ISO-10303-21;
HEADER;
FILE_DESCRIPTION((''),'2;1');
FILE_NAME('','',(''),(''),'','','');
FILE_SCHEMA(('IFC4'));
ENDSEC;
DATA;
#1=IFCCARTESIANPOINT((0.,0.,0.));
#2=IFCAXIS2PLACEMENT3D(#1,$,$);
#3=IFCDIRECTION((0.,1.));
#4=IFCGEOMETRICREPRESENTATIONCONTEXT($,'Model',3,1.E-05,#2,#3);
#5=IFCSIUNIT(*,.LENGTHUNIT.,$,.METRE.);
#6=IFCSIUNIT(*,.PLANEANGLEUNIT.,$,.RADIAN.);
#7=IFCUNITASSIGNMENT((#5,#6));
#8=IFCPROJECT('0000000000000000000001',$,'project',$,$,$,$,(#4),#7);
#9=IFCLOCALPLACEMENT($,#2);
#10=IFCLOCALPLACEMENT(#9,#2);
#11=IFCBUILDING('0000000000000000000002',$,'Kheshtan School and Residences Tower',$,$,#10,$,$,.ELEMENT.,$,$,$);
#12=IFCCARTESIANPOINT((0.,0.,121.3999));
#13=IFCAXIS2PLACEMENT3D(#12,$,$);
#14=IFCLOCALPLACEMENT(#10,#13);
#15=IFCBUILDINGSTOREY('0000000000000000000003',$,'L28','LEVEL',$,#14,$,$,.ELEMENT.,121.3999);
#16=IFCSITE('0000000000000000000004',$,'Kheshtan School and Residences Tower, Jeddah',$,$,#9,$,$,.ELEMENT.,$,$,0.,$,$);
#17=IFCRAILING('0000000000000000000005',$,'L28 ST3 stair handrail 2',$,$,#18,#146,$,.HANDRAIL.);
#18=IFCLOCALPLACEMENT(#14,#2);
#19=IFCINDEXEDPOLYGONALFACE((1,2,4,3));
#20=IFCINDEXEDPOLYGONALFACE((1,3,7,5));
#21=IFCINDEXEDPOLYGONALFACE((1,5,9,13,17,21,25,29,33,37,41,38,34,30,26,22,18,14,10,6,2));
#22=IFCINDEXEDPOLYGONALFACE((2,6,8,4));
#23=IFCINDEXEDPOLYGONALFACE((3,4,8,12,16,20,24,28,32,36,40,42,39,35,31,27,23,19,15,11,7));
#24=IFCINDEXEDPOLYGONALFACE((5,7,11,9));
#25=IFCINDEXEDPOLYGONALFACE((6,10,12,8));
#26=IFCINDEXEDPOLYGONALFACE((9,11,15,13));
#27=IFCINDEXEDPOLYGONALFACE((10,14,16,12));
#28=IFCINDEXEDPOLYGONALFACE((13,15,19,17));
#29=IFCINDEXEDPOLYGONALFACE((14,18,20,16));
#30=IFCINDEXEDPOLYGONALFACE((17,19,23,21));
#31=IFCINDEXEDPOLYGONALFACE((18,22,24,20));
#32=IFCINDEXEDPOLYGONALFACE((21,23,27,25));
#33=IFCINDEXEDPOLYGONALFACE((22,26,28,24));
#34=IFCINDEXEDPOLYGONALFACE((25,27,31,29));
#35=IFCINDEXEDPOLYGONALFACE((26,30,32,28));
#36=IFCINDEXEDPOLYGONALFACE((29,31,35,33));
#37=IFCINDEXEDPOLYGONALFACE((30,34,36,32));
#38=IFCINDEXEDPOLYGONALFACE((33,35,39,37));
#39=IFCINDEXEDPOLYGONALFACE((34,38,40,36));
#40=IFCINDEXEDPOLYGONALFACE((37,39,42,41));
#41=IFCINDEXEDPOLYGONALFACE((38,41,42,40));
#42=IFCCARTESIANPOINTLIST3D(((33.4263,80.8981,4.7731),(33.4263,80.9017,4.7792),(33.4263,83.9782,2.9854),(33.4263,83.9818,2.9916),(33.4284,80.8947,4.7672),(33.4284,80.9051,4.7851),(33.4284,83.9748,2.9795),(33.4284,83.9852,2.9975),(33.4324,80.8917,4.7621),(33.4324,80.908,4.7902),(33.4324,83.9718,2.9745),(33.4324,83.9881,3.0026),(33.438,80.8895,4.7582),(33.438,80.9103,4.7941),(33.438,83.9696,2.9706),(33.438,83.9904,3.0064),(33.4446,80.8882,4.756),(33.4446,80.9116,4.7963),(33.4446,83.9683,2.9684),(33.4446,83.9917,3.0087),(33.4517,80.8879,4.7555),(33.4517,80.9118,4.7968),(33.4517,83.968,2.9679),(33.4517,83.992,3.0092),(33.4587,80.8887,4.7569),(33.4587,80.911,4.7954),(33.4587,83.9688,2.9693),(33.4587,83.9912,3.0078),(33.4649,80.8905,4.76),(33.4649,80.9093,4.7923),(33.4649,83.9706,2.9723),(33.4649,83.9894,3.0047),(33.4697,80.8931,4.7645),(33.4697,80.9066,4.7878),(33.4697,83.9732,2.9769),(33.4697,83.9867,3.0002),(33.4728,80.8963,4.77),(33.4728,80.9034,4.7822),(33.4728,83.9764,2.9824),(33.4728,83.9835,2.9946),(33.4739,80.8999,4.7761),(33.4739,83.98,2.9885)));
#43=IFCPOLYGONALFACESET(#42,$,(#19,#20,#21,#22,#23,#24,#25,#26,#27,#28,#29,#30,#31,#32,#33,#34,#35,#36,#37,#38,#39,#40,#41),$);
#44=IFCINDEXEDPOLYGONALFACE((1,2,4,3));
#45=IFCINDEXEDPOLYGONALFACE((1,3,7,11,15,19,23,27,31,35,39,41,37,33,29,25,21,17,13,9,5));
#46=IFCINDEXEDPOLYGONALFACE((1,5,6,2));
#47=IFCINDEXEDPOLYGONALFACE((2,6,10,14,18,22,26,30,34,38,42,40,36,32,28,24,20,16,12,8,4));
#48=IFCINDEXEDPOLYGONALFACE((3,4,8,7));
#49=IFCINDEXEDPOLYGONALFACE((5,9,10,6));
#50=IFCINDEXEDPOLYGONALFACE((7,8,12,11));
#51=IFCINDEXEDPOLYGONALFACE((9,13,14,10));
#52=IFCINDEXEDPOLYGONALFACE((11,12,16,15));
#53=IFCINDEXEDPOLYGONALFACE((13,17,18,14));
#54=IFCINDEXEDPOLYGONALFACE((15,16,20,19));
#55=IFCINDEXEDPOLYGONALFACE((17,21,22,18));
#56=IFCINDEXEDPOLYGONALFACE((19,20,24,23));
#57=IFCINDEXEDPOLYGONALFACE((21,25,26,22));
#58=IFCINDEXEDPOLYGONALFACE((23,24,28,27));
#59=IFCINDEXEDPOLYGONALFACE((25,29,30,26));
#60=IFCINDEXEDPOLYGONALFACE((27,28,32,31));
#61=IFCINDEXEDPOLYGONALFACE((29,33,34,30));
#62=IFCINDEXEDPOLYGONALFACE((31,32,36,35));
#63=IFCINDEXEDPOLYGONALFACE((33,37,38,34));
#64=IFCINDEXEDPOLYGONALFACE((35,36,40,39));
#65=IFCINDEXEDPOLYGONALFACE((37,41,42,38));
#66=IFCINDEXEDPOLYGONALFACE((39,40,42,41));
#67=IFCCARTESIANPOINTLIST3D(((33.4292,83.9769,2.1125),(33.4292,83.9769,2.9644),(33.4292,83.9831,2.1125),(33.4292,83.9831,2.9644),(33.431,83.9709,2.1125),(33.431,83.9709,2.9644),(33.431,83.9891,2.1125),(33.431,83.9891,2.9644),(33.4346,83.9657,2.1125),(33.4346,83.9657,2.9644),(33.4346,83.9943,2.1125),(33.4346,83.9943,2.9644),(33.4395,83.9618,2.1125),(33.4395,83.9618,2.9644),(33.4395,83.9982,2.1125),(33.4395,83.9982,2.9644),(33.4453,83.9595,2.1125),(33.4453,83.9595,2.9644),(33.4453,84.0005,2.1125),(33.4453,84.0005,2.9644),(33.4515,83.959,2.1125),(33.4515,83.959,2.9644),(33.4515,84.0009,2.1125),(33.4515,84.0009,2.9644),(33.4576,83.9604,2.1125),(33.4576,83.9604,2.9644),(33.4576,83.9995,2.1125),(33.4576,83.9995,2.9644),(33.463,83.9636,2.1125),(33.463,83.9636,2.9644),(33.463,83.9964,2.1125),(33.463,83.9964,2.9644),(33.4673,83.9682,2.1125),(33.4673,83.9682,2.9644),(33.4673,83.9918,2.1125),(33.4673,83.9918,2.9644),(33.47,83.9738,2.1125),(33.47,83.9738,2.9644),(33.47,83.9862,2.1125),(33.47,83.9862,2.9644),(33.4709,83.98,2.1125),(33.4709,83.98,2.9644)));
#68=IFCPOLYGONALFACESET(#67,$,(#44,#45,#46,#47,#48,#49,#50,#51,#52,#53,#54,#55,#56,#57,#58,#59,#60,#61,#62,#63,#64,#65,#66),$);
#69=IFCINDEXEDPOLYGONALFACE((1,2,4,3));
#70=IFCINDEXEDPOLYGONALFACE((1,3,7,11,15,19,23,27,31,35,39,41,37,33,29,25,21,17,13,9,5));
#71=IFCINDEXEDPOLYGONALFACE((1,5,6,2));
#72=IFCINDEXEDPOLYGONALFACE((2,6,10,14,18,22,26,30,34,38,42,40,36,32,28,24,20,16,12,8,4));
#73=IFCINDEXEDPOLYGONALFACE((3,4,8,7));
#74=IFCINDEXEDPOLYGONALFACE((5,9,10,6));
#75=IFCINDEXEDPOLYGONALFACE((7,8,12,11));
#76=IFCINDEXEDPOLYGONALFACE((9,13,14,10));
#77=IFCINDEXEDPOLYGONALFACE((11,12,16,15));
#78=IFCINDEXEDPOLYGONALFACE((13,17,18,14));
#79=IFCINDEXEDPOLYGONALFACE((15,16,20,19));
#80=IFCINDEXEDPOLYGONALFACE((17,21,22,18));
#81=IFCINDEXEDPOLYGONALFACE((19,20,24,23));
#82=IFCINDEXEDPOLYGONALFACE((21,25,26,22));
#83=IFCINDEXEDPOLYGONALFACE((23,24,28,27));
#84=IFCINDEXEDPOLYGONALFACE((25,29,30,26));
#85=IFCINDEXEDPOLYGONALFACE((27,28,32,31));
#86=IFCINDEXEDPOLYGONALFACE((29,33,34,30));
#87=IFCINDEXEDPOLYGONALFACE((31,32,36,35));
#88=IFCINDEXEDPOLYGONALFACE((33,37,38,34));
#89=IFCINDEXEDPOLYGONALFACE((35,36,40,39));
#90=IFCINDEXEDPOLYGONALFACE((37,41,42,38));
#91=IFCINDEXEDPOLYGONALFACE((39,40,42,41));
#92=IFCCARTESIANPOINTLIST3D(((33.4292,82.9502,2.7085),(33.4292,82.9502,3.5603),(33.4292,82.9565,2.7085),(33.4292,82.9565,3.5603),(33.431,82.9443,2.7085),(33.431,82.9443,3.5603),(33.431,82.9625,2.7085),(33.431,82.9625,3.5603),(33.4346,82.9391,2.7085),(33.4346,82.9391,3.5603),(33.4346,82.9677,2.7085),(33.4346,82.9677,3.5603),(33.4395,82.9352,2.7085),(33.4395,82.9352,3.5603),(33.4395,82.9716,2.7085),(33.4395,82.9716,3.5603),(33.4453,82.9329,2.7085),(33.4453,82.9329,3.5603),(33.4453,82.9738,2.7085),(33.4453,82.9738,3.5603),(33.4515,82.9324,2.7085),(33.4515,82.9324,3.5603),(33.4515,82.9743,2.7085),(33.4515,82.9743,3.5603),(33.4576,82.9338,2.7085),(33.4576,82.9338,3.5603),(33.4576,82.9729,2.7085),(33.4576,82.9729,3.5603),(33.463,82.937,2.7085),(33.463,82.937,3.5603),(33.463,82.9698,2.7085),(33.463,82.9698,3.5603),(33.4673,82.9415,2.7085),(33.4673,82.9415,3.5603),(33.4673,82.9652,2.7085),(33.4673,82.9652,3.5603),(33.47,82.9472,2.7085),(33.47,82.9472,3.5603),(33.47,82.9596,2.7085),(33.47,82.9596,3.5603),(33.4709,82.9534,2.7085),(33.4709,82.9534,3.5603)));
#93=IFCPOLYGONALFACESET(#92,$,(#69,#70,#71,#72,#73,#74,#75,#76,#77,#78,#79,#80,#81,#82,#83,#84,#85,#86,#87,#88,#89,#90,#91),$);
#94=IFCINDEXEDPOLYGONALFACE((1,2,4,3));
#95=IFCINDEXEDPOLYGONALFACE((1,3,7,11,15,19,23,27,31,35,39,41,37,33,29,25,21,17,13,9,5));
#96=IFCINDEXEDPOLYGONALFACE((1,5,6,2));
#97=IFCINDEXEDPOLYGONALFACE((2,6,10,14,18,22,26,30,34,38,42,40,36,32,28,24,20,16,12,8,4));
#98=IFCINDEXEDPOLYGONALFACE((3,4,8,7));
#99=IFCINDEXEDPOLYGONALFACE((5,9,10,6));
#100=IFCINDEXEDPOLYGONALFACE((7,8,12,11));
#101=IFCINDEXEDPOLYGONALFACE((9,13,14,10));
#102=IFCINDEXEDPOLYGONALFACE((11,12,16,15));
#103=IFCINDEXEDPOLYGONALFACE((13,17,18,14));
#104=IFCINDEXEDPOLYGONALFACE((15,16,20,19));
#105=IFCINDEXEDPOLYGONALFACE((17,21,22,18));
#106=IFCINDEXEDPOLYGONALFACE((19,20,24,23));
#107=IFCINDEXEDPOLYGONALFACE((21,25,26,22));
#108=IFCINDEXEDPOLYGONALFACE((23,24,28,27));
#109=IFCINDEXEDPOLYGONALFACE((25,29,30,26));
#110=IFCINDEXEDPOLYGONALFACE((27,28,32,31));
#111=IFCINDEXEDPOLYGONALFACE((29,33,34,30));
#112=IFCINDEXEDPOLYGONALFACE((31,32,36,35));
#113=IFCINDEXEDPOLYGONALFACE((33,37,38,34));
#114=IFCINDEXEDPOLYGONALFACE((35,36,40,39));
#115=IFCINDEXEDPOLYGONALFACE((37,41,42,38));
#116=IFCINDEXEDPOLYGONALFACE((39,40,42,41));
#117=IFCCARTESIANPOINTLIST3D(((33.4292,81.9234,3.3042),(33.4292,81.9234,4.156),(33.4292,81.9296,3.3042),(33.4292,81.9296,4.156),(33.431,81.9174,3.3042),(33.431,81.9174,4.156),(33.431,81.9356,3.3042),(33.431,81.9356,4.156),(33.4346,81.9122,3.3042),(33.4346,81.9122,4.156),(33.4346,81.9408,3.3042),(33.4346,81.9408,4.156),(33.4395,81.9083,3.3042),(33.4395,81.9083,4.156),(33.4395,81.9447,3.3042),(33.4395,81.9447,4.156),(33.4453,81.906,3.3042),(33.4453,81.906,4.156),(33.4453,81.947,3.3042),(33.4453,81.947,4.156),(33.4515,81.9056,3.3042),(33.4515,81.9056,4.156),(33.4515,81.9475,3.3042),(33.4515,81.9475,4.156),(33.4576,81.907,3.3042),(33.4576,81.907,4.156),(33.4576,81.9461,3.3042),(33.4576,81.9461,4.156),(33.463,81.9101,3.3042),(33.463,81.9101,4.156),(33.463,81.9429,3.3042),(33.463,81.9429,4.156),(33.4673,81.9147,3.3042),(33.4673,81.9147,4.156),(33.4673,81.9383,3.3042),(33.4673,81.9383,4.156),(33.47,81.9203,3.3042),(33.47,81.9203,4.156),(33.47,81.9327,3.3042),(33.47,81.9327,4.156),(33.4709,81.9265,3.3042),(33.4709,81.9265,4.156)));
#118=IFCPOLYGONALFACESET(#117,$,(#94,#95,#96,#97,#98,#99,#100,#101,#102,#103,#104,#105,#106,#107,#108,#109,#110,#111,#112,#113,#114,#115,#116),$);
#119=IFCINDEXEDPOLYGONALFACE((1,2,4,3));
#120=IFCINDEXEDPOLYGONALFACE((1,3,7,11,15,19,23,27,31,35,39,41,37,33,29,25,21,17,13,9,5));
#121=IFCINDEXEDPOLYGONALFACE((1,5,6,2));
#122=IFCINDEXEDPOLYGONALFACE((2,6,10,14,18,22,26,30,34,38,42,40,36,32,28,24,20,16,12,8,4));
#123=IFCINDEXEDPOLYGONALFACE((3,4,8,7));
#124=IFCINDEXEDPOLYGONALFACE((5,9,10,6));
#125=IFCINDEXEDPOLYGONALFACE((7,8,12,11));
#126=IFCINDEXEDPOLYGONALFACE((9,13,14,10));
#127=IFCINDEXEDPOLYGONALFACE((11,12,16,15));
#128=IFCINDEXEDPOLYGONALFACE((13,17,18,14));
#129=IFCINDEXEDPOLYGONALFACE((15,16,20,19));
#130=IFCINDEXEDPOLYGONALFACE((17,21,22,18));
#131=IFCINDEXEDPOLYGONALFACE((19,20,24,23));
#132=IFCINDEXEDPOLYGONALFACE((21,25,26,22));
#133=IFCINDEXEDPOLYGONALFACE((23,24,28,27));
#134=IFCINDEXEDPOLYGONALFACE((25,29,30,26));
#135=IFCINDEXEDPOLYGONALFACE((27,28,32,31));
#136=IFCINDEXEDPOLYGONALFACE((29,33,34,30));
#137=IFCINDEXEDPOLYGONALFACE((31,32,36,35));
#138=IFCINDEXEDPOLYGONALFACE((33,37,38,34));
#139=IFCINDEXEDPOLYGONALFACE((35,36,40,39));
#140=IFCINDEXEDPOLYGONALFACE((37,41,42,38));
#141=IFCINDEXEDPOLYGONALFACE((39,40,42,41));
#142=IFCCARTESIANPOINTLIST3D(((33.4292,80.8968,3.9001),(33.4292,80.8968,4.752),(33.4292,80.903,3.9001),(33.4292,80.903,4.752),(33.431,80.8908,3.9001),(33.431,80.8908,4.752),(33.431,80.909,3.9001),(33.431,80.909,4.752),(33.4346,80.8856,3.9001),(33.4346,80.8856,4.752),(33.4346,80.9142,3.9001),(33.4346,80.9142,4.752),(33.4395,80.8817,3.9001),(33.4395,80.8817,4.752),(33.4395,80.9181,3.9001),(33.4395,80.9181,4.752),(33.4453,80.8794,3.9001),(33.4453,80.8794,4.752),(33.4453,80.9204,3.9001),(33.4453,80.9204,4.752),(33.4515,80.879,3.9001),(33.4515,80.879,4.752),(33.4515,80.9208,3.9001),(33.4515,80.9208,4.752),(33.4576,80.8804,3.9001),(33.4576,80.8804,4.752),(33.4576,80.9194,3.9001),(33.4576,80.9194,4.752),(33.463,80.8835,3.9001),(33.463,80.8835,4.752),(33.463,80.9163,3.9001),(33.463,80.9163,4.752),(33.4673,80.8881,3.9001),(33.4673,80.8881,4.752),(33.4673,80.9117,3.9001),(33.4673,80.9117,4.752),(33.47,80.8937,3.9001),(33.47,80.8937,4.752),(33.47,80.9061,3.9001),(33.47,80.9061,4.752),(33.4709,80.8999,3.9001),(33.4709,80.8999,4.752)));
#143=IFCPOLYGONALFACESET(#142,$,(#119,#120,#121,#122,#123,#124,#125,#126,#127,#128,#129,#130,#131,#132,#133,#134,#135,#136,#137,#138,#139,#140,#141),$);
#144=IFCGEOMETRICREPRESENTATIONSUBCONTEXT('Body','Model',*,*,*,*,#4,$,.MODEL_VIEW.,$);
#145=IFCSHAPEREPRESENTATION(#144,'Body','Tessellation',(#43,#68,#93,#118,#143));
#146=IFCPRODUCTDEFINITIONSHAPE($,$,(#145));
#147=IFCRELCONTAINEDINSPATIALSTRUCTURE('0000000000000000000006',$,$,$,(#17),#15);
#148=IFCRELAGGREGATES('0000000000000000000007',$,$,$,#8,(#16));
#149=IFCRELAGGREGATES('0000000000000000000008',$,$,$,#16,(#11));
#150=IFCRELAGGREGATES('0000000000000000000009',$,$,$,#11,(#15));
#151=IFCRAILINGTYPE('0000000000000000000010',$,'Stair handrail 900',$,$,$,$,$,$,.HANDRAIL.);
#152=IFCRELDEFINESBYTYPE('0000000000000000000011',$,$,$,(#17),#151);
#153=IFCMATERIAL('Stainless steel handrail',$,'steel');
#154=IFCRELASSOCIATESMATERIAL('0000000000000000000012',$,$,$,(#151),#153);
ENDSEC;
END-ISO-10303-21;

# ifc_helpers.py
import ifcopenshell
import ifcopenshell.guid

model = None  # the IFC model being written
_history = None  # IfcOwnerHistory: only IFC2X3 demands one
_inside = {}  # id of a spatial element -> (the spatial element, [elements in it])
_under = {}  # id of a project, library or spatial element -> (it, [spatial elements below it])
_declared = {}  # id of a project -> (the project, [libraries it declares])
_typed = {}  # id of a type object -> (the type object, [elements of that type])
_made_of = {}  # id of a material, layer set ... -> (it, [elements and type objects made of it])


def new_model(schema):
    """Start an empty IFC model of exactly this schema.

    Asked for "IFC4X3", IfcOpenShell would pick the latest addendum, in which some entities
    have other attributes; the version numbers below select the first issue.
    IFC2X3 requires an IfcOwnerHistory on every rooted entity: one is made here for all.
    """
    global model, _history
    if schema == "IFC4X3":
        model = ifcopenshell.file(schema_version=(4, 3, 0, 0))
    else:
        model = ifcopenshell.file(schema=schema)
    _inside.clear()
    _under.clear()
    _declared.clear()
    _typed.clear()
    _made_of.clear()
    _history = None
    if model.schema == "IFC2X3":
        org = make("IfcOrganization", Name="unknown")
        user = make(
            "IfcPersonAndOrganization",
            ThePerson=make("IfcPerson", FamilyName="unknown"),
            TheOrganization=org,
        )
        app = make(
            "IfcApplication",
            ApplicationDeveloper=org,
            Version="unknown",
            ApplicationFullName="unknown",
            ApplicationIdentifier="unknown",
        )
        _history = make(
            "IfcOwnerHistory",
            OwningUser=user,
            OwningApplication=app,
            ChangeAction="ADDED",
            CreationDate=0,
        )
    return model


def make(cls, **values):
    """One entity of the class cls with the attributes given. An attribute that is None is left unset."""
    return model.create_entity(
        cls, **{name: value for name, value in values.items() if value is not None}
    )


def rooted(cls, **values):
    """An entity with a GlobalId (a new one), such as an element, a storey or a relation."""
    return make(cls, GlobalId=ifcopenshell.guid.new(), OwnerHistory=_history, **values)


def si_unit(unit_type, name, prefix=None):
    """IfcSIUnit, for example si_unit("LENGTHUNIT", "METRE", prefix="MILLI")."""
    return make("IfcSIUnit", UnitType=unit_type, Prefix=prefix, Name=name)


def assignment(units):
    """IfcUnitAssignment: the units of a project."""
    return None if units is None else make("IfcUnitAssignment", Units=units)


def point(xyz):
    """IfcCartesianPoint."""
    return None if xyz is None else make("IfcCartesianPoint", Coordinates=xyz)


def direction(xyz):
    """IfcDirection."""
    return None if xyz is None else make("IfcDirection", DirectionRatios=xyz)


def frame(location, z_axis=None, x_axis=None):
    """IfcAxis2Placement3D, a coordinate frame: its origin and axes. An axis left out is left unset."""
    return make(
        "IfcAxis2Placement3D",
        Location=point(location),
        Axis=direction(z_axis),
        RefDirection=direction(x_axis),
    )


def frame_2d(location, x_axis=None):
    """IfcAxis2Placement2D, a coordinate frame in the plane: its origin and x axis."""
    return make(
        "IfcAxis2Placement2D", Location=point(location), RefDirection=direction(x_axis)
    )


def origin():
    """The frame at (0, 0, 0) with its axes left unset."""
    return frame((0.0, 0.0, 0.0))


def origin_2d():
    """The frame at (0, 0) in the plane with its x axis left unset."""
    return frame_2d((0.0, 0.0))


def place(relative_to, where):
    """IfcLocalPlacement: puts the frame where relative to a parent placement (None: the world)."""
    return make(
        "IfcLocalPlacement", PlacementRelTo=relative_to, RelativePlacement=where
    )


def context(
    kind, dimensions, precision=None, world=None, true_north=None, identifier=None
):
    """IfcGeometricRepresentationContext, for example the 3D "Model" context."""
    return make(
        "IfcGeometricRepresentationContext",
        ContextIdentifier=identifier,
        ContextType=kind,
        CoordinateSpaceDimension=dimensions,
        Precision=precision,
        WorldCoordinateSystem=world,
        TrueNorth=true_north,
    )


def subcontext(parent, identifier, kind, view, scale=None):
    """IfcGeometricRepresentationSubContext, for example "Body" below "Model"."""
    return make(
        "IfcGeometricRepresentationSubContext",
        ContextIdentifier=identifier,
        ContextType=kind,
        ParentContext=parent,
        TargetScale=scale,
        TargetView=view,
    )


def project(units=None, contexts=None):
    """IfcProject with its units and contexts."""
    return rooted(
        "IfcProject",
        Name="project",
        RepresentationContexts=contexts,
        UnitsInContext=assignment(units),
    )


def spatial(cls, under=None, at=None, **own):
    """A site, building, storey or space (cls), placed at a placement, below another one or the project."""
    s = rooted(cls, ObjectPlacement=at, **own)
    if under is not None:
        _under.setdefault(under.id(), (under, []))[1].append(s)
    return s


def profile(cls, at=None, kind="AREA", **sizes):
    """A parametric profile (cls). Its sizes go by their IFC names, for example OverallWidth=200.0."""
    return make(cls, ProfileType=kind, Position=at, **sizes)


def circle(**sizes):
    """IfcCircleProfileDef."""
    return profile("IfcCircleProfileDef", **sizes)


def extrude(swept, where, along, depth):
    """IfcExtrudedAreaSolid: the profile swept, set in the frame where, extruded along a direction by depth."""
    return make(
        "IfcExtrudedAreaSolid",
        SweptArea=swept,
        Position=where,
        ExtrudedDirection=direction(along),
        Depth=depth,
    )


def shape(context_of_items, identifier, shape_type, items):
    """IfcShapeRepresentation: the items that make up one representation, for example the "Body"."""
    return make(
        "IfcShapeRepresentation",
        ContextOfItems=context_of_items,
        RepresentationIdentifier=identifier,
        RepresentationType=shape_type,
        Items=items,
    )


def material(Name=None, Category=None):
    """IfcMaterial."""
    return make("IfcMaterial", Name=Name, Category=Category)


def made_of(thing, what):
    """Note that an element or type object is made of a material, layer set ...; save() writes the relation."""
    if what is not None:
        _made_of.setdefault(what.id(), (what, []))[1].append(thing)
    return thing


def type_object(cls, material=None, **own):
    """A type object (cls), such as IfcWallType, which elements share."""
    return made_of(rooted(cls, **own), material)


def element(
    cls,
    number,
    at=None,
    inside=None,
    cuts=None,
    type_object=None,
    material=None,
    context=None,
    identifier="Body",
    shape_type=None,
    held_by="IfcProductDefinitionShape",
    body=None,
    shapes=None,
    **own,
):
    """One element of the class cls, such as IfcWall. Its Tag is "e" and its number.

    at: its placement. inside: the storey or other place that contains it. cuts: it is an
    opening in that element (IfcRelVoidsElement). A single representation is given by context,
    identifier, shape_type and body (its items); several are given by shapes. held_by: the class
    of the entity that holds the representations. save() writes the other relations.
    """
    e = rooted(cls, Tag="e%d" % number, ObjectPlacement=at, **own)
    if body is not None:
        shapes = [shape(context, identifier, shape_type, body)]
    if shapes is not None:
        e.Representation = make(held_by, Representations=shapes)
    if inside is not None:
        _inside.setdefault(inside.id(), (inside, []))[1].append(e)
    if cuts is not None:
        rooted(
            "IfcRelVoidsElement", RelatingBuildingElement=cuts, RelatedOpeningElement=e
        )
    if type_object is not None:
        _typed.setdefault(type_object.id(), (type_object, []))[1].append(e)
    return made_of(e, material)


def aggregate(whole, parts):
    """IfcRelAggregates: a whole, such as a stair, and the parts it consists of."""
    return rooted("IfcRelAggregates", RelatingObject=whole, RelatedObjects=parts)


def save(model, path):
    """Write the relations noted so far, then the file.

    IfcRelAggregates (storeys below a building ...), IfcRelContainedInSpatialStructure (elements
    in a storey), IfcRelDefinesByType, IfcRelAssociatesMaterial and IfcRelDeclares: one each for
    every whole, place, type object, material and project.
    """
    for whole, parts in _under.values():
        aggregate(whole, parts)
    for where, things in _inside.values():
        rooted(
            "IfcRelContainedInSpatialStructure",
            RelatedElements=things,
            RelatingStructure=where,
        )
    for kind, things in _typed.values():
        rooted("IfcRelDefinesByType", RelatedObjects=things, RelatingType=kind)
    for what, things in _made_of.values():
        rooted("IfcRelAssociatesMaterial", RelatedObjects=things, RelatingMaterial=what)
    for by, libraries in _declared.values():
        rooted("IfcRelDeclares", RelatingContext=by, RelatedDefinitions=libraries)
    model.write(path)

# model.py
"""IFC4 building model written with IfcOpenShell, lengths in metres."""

from ifc_helpers import new_model, si_unit, direction, frame, origin, origin_2d, place, context, subcontext, project, spatial, circle, extrude, material, type_object, element, save


model = new_model("IFC4")

# Units and contexts
model_context = context("Model", 3, precision=1e-05, world=origin(), true_north=direction((0.0, 1.0)))
body_context = subcontext(model_context, "Body", "Model", "MODEL_VIEW")
ifc_project = project(units=[si_unit("LENGTHUNIT", "METRE"), si_unit("PLANEANGLEUNIT", "RADIAN")], contexts=[model_context])

# Site, building, storey
site_placement = place(None, origin())
site = spatial("IfcSite", under=ifc_project, at=site_placement, Name="Kheshtan School and Residences Tower, Jeddah", CompositionType="ELEMENT", RefElevation=0.0)
building_placement = place(site_placement, origin())
building = spatial("IfcBuilding", under=site, at=building_placement, Name="Kheshtan School and Residences Tower", CompositionType="ELEMENT")
storey_placement = place(building_placement, frame((0.0, 0.0, 121.3999)))
storey = spatial("IfcBuildingStorey", under=building, at=storey_placement, Name="L28", Description="LEVEL", CompositionType="ELEMENT", Elevation=121.3999)

# Railing
ifc_material_1 = material(Name="Stainless steel handrail", Category="steel")
railing_type_1 = type_object("IfcRailingType", Name="Stair handrail 900", PredefinedType="HANDRAIL", material=ifc_material_1)
railing_1_placement = place(storey_placement, frame((33.45, 83.98, 2.1125)))
element("IfcRailing", 1, at=railing_1_placement, inside=storey, type_object=railing_type_1, Name="L28 ST3 stair handrail 2", PredefinedType="HANDRAIL", context=body_context, shape_type="SweptSolid", body=[
    extrude(circle(Radius=0.0239, at=origin_2d()), frame((0.0, 0.0, 0.876), z_axis=(0.0, -0.864891, 0.50196), x_axis=(1.0, 0.0, 0.0)), (0.0, 0.0, 1.0), 3.5613),
    extrude(circle(Radius=0.021, at=origin_2d()), origin(), (0.0, 0.0, 1.0), 0.8518),
    extrude(circle(Radius=0.021, at=origin_2d()), frame((0.0, -1.0266, 0.5959)), (0.0, 0.0, 1.0), 0.8518),
    extrude(circle(Radius=0.021, at=origin_2d()), frame((0.0, -2.0535, 1.1917)), (0.0, 0.0, 1.0), 0.8518),
    extrude(circle(Radius=0.021, at=origin_2d()), frame((0.0, -3.0801, 1.7876)), (0.0, 0.0, 1.0), 0.8518),
])

save(model, "model.ifc")
